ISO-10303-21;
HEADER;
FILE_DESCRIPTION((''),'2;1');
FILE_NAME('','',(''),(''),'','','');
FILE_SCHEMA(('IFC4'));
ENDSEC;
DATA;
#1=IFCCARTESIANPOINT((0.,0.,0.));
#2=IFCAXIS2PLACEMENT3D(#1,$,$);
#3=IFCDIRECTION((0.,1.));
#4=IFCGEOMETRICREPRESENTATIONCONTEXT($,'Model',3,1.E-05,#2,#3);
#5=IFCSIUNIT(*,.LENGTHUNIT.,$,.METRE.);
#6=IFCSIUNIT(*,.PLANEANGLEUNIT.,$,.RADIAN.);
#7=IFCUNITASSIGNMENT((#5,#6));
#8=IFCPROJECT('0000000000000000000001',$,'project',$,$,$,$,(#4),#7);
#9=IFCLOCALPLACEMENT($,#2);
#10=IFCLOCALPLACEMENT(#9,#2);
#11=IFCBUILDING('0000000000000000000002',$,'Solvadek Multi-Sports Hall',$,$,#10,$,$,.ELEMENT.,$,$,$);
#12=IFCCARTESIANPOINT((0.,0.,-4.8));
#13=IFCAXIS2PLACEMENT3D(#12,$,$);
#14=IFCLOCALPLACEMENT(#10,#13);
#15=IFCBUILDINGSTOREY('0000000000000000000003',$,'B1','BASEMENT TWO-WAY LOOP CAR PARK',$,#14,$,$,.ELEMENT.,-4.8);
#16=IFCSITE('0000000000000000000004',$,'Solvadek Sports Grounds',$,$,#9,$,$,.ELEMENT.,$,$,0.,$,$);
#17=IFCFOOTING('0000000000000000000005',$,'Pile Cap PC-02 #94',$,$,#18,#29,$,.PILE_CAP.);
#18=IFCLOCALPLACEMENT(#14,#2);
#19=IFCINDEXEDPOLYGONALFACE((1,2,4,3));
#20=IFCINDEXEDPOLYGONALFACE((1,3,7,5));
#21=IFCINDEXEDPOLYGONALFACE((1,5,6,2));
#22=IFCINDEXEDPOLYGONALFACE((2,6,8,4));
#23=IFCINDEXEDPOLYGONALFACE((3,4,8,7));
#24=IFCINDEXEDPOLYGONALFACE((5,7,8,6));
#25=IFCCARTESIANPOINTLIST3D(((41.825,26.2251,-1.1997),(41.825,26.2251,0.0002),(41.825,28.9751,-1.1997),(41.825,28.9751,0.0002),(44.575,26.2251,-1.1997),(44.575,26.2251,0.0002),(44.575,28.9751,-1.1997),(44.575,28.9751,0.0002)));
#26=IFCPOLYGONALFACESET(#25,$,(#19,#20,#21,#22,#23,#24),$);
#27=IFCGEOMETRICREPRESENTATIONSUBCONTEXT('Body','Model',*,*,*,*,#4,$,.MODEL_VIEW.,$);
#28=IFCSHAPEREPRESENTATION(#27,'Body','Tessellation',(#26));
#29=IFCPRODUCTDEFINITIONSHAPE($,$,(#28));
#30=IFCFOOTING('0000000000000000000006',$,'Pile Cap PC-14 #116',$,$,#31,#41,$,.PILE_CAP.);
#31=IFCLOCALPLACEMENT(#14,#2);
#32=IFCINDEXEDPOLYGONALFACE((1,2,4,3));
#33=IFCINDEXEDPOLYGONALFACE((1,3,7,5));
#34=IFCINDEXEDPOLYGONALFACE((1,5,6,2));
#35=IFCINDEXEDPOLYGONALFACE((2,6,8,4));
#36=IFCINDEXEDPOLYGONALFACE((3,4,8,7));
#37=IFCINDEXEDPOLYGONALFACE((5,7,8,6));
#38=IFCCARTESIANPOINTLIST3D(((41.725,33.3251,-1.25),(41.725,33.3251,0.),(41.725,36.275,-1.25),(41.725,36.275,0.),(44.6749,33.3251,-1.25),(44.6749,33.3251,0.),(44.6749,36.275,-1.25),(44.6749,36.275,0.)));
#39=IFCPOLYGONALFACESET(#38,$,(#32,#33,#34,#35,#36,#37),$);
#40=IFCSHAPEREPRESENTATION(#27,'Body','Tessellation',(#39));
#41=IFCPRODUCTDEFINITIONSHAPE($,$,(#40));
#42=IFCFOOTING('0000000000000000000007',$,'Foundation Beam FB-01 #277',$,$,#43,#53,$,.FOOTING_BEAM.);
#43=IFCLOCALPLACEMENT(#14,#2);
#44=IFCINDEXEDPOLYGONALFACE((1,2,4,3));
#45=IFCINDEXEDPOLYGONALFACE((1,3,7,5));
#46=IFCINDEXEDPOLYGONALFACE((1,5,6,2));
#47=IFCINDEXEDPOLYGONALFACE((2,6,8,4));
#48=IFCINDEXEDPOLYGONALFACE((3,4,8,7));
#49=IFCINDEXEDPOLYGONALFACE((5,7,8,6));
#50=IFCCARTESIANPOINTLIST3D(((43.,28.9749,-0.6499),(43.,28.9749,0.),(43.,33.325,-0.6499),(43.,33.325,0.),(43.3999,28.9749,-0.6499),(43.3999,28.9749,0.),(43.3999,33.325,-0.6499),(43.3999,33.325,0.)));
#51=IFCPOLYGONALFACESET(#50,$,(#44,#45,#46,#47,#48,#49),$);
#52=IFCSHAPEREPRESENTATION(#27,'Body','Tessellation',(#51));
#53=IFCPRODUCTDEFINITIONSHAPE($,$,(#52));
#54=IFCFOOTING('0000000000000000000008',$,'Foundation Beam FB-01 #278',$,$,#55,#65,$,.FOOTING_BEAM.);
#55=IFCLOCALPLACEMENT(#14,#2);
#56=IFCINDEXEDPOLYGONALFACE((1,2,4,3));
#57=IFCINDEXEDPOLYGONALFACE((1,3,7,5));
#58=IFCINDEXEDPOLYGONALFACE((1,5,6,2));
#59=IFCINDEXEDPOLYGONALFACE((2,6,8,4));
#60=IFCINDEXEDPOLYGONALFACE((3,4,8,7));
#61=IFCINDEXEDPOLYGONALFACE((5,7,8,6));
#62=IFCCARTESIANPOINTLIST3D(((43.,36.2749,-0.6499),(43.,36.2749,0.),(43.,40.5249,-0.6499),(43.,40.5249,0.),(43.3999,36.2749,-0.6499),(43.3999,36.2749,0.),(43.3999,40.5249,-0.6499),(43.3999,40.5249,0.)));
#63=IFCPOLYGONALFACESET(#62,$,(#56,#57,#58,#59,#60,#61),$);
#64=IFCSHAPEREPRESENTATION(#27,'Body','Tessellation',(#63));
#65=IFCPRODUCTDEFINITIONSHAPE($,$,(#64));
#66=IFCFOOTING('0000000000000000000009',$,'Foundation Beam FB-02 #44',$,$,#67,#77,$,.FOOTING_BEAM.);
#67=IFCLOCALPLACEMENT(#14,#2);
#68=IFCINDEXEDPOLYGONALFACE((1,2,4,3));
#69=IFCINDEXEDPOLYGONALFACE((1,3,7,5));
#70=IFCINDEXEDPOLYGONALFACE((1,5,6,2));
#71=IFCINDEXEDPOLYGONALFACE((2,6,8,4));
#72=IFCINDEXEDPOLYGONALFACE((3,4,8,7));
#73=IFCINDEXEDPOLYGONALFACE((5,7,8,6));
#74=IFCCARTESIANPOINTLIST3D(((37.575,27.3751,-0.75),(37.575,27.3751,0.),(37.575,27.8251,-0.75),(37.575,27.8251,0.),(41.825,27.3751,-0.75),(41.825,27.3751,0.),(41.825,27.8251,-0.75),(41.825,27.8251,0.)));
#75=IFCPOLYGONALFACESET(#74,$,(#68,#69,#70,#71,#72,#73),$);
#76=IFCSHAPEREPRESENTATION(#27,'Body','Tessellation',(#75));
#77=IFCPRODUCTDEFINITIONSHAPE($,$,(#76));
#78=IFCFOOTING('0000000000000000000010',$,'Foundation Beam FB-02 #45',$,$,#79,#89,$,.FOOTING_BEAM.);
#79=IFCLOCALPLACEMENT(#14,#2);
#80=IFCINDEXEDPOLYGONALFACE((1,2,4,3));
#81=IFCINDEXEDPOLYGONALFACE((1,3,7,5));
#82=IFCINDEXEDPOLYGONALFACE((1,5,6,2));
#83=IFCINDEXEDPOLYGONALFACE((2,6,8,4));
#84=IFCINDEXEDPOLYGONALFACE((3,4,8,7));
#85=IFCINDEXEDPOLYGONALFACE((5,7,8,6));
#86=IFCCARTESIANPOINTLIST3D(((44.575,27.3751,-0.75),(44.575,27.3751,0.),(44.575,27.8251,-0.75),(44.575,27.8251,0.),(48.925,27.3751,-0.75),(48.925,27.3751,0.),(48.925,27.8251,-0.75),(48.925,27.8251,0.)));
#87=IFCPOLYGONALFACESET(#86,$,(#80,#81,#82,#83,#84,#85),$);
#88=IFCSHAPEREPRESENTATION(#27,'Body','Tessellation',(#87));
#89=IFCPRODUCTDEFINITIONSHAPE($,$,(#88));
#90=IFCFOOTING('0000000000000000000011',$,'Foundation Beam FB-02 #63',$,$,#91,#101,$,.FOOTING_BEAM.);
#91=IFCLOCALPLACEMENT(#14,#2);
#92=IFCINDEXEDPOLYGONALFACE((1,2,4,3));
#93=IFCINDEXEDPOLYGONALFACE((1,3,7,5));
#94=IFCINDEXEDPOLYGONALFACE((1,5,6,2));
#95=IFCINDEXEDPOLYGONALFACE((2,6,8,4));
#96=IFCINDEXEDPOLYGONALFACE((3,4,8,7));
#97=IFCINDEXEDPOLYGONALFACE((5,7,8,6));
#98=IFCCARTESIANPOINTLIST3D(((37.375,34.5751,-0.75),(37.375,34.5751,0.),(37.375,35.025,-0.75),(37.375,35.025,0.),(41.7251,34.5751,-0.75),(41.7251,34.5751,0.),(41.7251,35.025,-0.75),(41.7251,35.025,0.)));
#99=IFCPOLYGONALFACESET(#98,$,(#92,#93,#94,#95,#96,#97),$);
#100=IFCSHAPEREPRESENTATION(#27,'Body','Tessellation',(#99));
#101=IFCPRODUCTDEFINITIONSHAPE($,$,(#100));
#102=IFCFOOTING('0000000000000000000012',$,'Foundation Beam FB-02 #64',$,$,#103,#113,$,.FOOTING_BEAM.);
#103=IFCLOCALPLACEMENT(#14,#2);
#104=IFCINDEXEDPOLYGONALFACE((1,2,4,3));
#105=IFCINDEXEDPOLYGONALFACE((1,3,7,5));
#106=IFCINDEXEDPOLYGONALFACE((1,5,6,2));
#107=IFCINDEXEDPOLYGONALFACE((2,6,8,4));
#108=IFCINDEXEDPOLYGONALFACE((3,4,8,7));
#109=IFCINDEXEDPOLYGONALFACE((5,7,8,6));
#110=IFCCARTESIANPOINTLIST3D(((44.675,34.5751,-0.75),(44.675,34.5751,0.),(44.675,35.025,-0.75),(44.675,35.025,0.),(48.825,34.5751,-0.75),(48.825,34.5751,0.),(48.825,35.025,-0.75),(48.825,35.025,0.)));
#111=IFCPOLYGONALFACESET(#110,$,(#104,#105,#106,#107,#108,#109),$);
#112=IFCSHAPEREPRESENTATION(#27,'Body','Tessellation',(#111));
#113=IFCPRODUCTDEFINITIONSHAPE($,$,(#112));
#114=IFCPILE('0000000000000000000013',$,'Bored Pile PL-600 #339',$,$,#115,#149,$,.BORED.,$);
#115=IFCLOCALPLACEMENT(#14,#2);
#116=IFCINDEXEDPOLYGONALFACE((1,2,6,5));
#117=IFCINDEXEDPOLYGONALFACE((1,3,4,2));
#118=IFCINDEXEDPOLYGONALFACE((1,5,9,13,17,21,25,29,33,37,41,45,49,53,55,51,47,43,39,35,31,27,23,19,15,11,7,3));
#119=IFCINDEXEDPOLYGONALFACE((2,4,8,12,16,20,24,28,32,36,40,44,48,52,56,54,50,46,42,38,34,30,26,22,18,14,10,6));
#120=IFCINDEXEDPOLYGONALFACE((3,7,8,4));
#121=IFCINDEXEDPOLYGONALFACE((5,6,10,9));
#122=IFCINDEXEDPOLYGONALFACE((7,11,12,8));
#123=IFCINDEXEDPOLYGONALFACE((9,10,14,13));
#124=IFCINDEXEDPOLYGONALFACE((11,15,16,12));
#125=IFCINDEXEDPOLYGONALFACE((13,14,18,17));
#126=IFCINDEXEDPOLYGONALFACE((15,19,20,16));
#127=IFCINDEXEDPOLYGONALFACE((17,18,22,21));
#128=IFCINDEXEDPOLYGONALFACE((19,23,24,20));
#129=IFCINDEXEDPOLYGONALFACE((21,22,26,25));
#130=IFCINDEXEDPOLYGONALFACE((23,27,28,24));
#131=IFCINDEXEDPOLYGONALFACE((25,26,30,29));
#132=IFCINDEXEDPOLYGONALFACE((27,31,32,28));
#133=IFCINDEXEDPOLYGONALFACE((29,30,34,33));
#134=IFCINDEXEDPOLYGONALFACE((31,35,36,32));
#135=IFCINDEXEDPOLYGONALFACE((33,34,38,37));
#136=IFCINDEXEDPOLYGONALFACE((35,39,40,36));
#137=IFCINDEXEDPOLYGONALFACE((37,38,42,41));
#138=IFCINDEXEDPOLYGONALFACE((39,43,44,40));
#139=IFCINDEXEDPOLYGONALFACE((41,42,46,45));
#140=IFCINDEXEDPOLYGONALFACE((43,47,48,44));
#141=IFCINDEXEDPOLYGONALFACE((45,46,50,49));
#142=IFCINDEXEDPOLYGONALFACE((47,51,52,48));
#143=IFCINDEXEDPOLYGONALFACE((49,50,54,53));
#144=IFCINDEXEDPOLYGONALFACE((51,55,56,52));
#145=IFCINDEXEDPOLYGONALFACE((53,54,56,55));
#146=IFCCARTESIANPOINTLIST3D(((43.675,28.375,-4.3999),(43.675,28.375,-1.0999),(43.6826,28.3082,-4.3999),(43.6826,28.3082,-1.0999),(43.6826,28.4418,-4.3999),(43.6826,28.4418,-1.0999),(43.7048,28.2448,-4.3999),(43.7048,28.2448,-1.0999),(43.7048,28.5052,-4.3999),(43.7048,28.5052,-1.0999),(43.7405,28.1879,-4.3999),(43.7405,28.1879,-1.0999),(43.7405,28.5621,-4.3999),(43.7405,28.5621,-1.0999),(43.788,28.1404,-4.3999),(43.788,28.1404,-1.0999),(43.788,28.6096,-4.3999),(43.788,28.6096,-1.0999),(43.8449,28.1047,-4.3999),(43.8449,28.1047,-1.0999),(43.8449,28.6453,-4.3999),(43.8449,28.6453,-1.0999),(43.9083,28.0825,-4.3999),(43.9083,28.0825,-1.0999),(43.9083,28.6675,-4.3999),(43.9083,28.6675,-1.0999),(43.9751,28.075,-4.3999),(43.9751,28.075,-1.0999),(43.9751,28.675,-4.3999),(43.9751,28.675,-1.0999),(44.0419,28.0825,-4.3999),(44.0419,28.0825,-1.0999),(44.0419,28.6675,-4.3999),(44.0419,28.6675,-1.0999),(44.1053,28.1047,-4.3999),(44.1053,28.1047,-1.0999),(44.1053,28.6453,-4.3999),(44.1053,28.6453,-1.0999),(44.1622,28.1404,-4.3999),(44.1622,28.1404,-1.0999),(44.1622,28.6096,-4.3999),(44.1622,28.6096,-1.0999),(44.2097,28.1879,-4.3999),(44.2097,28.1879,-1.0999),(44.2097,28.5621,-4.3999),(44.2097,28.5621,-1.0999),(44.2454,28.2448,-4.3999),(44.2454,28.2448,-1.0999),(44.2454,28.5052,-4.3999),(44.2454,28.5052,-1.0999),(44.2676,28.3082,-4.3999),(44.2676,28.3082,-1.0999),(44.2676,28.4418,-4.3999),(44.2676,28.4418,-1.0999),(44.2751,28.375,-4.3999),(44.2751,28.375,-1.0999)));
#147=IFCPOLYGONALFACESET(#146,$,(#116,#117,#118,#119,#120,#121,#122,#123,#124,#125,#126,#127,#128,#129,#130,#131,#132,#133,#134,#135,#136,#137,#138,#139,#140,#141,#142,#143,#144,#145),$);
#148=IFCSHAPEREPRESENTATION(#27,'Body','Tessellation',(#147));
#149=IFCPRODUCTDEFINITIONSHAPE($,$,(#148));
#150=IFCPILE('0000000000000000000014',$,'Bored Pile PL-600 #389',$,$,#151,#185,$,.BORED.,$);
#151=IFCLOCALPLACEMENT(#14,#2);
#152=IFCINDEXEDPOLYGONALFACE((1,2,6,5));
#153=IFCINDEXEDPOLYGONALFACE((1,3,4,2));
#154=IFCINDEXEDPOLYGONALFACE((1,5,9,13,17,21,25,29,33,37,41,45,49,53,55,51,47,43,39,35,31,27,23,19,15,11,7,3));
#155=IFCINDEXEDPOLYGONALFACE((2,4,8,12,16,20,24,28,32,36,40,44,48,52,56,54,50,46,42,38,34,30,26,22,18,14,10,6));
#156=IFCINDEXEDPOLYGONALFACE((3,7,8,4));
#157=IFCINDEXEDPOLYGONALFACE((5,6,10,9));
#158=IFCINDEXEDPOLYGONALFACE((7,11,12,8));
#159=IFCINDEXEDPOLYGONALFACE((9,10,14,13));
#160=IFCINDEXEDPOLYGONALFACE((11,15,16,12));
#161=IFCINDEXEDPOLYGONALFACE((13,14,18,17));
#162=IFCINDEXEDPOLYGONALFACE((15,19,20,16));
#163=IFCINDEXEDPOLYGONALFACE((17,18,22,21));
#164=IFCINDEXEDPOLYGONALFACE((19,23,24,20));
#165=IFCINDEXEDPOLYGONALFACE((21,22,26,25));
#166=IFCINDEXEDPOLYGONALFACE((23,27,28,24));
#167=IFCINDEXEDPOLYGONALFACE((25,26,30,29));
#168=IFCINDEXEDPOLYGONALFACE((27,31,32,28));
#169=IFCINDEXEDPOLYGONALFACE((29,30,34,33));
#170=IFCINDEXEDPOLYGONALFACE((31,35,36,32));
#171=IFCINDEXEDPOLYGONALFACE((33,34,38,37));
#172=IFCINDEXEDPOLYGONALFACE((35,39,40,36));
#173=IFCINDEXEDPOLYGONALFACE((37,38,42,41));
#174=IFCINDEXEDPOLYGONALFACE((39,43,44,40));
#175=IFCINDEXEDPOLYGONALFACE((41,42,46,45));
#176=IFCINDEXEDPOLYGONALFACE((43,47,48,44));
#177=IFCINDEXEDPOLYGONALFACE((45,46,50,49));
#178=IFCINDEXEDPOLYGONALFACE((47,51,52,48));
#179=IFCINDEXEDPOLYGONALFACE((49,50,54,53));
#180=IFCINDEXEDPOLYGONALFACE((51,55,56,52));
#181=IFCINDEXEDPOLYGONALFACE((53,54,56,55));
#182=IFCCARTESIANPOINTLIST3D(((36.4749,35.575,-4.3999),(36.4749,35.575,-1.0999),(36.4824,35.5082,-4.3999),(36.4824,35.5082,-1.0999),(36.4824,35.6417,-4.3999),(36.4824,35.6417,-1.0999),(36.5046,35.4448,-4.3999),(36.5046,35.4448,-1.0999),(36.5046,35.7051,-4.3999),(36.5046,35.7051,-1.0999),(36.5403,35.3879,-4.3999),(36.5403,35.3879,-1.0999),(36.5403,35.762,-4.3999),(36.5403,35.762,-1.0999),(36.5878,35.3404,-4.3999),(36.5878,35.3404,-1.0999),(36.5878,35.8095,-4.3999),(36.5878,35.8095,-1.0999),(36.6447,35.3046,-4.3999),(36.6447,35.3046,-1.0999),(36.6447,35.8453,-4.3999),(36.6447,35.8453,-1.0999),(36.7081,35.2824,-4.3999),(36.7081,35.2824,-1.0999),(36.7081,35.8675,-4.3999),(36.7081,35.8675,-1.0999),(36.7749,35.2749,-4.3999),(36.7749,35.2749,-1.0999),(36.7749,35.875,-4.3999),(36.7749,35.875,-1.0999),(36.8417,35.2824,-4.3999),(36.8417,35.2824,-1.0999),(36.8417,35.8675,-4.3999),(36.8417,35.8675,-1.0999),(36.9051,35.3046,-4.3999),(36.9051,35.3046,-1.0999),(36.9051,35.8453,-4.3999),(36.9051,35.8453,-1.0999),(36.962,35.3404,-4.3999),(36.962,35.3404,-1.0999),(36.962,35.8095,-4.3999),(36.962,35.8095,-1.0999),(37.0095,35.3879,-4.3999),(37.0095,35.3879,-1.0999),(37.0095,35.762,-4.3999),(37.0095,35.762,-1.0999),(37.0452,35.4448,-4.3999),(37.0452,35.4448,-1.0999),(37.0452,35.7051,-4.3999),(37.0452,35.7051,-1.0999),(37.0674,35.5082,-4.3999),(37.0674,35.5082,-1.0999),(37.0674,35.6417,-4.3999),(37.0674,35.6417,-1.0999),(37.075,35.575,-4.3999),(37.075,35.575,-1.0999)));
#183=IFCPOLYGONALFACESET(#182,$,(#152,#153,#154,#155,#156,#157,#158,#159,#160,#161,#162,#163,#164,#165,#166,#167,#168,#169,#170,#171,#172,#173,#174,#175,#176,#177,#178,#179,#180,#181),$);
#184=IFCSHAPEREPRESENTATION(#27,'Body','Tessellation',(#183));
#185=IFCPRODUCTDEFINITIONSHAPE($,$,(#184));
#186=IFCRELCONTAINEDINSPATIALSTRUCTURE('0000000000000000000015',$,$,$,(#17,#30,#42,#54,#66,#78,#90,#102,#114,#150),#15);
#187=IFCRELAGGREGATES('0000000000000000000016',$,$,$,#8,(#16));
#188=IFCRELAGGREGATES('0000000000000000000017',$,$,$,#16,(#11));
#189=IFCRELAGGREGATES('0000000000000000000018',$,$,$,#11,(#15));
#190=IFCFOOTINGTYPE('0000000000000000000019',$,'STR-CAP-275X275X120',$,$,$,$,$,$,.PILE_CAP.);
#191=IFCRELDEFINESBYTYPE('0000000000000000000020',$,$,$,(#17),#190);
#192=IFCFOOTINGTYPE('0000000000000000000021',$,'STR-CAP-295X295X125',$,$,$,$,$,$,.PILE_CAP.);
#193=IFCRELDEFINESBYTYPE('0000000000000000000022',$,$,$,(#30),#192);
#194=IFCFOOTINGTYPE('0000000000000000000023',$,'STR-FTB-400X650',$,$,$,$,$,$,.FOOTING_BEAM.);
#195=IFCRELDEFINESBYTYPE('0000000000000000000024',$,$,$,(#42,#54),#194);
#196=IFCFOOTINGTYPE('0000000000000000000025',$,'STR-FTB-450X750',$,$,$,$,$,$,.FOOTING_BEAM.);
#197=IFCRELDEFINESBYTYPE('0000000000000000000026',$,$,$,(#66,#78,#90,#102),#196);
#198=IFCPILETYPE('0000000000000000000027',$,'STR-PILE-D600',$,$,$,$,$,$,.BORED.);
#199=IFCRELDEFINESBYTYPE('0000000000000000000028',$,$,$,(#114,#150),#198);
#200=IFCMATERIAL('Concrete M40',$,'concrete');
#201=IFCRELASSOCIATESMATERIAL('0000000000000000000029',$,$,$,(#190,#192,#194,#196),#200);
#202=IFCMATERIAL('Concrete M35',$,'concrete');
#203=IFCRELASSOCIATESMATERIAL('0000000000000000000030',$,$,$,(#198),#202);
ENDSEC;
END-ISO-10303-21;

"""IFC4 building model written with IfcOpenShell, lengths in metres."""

from ifc_helpers import new_model, si_unit, direction, frame, origin, origin_2d, place, context, subcontext, project, spatial, rectangle, circle, extrude, material, material_profile, profile_set, type_object, element, save


model = new_model("IFC4")

# Units and contexts
model_context = context("Model", 3, precision=1e-05, world=origin(), true_north=direction((0.0, 1.0)))
body_context = subcontext(model_context, "Body", "Model", "MODEL_VIEW")
ifc_project = project(units=[si_unit("LENGTHUNIT", "METRE"), si_unit("PLANEANGLEUNIT", "RADIAN")], contexts=[model_context])

# Site, building, storey
site_placement = place(None, origin())
site = spatial("IfcSite", under=ifc_project, at=site_placement, Name="Solvadek Sports Grounds", CompositionType="ELEMENT", RefElevation=0.0)
building_placement = place(site_placement, origin())
building = spatial("IfcBuilding", under=site, at=building_placement, Name="Solvadek Multi-Sports Hall", CompositionType="ELEMENT")
storey_placement = place(building_placement, frame((0.0, 0.0, -4.8)))
storey = spatial("IfcBuildingStorey", under=building, at=storey_placement, Name="B1", Description="BASEMENT TWO-WAY LOOP CAR PARK", CompositionType="ELEMENT", Elevation=-4.8)

# Footings
ifc_material_1 = material(Name="Concrete M40", Category="concrete")
footing_type_1 = type_object("IfcFootingType", Name="STR-CAP-275X275X120", PredefinedType="PILE_CAP", material=ifc_material_1)
footing_1_placement = place(storey_placement, frame((43.2, 27.6001, -1.1997), z_axis=(0.0, 0.0, 1.0), x_axis=(1.0, 0.0, 0.0)))
element("IfcFooting", 1, at=footing_1_placement, inside=storey, type_object=footing_type_1, Name="Pile Cap PC-02 #94", PredefinedType="PILE_CAP", context=body_context, shape_type="SweptSolid", body=[
    extrude(rectangle(XDim=2.75, YDim=2.75, at=origin_2d()), origin(), (0.0, 0.0, 1.0), 1.2),
])
footing_type_2 = type_object("IfcFootingType", Name="STR-CAP-295X295X125", PredefinedType="PILE_CAP", material=ifc_material_1)
footing_2_placement = place(storey_placement, frame((43.2, 34.8, -1.25), z_axis=(0.0, 0.0, 1.0), x_axis=(1.0, 0.0, 0.0)))
element("IfcFooting", 2, at=footing_2_placement, inside=storey, type_object=footing_type_2, Name="Pile Cap PC-14 #116", PredefinedType="PILE_CAP", context=body_context, shape_type="SweptSolid", body=[
    extrude(rectangle(XDim=2.95, YDim=2.95, at=origin_2d()), origin(), (0.0, 0.0, 1.0), 1.25),
])
footing_type_3 = type_object("IfcFootingType", Name="STR-FTB-400X650", PredefinedType="FOOTING_BEAM", material=ifc_material_1)
footing_3_placement = place(storey_placement, frame((43.2, 31.1499, -0.6499), z_axis=(0.0, 0.0, 1.0), x_axis=(0.0, 1.0, 0.0)))
element("IfcFooting", 3, at=footing_3_placement, inside=storey, type_object=footing_type_3, Name="Foundation Beam FB-01 #277", PredefinedType="FOOTING_BEAM", context=body_context, shape_type="SweptSolid", body=[
    extrude(rectangle(XDim=4.3501, YDim=0.3999, at=origin_2d()), origin(), (0.0, 0.0, 1.0), 0.6499),
])
footing_4_placement = place(storey_placement, frame((43.2, 38.3999, -0.6499), z_axis=(0.0, 0.0, 1.0), x_axis=(0.0, 1.0, 0.0)))
element("IfcFooting", 4, at=footing_4_placement, inside=storey, type_object=footing_type_3, Name="Foundation Beam FB-01 #278", PredefinedType="FOOTING_BEAM", context=body_context, shape_type="SweptSolid", body=[
    extrude(rectangle(XDim=4.25, YDim=0.3999, at=origin_2d()), origin(), (0.0, 0.0, 1.0), 0.6499),
])
footing_type_4 = type_object("IfcFootingType", Name="STR-FTB-450X750", PredefinedType="FOOTING_BEAM", material=ifc_material_1)
footing_5_placement = place(storey_placement, frame((39.7, 27.6001, -0.75), z_axis=(0.0, 0.0, 1.0), x_axis=(1.0, 0.0, 0.0)))
element("IfcFooting", 5, at=footing_5_placement, inside=storey, type_object=footing_type_4, Name="Foundation Beam FB-02 #44", PredefinedType="FOOTING_BEAM", context=body_context, shape_type="SweptSolid", body=[
    extrude(rectangle(XDim=4.25, YDim=0.45, at=origin_2d()), origin(), (0.0, 0.0, 1.0), 0.75),
])
for number, where, z_axis, x_axis, name in (
    (6, (46.75, 27.6001, -0.75), (0.0, 0.0, 1.0), (1.0, 0.0, 0.0), "Foundation Beam FB-02 #45"),
    (7, (39.55, 34.8, -0.75), (0.0, 0.0, 1.0), (1.0, 0.0, 0.0), "Foundation Beam FB-02 #63"),
):
    element("IfcFooting", number, at=place(storey_placement, frame(where, z_axis=z_axis, x_axis=x_axis)), inside=storey, type_object=footing_type_4, Name=name, PredefinedType="FOOTING_BEAM", context=body_context, shape_type="SweptSolid", body=[
        extrude(rectangle(XDim=4.3501, YDim=0.45, at=origin_2d()), origin(), (0.0, 0.0, 1.0), 0.75),
    ])
footing_6_placement = place(storey_placement, frame((46.75, 34.8, -0.75), z_axis=(0.0, 0.0, 1.0), x_axis=(1.0, 0.0, 0.0)))
element("IfcFooting", 8, at=footing_6_placement, inside=storey, type_object=footing_type_4, Name="Foundation Beam FB-02 #64", PredefinedType="FOOTING_BEAM", context=body_context, shape_type="SweptSolid", body=[
    extrude(rectangle(XDim=4.1499, YDim=0.45, at=origin_2d()), origin(), (0.0, 0.0, 1.0), 0.75),
])

# Piles
ifc_material_2 = material(Name="Concrete M35", Category="concrete")
ifc_material_profile_1 = material_profile(ifc_material_2, circle(Radius=0.3, at=origin_2d()), Name="BORED PILE D600")
ifc_profile_set_1 = profile_set([ifc_material_profile_1], Name="Concrete M35")
pile_type_1 = type_object("IfcPileType", Name="STR-PILE-D600", PredefinedType="BORED", material=ifc_profile_set_1)
for number, where, z_axis, x_axis, name in (
    (9, (43.9751, 28.375, -1.0999), (0.0, 0.0, -1.0), (1.0, 0.0, 0.0), "Bored Pile PL-600 #339"),
    (10, (36.7749, 35.575, -1.0999), (0.0, 0.0, -1.0), (1.0, 0.0, 0.0), "Bored Pile PL-600 #389"),
):
    element("IfcPile", number, at=place(storey_placement, frame(where, z_axis=z_axis, x_axis=x_axis)), inside=storey, type_object=pile_type_1, Name=name, PredefinedType="BORED", context=body_context, shape_type="SweptSolid", body=[
        extrude(circle(Radius=0.3, at=origin_2d()), origin(), (0.0, 0.0, 1.0), 3.3),
    ])

save(model, "model.ifc")
